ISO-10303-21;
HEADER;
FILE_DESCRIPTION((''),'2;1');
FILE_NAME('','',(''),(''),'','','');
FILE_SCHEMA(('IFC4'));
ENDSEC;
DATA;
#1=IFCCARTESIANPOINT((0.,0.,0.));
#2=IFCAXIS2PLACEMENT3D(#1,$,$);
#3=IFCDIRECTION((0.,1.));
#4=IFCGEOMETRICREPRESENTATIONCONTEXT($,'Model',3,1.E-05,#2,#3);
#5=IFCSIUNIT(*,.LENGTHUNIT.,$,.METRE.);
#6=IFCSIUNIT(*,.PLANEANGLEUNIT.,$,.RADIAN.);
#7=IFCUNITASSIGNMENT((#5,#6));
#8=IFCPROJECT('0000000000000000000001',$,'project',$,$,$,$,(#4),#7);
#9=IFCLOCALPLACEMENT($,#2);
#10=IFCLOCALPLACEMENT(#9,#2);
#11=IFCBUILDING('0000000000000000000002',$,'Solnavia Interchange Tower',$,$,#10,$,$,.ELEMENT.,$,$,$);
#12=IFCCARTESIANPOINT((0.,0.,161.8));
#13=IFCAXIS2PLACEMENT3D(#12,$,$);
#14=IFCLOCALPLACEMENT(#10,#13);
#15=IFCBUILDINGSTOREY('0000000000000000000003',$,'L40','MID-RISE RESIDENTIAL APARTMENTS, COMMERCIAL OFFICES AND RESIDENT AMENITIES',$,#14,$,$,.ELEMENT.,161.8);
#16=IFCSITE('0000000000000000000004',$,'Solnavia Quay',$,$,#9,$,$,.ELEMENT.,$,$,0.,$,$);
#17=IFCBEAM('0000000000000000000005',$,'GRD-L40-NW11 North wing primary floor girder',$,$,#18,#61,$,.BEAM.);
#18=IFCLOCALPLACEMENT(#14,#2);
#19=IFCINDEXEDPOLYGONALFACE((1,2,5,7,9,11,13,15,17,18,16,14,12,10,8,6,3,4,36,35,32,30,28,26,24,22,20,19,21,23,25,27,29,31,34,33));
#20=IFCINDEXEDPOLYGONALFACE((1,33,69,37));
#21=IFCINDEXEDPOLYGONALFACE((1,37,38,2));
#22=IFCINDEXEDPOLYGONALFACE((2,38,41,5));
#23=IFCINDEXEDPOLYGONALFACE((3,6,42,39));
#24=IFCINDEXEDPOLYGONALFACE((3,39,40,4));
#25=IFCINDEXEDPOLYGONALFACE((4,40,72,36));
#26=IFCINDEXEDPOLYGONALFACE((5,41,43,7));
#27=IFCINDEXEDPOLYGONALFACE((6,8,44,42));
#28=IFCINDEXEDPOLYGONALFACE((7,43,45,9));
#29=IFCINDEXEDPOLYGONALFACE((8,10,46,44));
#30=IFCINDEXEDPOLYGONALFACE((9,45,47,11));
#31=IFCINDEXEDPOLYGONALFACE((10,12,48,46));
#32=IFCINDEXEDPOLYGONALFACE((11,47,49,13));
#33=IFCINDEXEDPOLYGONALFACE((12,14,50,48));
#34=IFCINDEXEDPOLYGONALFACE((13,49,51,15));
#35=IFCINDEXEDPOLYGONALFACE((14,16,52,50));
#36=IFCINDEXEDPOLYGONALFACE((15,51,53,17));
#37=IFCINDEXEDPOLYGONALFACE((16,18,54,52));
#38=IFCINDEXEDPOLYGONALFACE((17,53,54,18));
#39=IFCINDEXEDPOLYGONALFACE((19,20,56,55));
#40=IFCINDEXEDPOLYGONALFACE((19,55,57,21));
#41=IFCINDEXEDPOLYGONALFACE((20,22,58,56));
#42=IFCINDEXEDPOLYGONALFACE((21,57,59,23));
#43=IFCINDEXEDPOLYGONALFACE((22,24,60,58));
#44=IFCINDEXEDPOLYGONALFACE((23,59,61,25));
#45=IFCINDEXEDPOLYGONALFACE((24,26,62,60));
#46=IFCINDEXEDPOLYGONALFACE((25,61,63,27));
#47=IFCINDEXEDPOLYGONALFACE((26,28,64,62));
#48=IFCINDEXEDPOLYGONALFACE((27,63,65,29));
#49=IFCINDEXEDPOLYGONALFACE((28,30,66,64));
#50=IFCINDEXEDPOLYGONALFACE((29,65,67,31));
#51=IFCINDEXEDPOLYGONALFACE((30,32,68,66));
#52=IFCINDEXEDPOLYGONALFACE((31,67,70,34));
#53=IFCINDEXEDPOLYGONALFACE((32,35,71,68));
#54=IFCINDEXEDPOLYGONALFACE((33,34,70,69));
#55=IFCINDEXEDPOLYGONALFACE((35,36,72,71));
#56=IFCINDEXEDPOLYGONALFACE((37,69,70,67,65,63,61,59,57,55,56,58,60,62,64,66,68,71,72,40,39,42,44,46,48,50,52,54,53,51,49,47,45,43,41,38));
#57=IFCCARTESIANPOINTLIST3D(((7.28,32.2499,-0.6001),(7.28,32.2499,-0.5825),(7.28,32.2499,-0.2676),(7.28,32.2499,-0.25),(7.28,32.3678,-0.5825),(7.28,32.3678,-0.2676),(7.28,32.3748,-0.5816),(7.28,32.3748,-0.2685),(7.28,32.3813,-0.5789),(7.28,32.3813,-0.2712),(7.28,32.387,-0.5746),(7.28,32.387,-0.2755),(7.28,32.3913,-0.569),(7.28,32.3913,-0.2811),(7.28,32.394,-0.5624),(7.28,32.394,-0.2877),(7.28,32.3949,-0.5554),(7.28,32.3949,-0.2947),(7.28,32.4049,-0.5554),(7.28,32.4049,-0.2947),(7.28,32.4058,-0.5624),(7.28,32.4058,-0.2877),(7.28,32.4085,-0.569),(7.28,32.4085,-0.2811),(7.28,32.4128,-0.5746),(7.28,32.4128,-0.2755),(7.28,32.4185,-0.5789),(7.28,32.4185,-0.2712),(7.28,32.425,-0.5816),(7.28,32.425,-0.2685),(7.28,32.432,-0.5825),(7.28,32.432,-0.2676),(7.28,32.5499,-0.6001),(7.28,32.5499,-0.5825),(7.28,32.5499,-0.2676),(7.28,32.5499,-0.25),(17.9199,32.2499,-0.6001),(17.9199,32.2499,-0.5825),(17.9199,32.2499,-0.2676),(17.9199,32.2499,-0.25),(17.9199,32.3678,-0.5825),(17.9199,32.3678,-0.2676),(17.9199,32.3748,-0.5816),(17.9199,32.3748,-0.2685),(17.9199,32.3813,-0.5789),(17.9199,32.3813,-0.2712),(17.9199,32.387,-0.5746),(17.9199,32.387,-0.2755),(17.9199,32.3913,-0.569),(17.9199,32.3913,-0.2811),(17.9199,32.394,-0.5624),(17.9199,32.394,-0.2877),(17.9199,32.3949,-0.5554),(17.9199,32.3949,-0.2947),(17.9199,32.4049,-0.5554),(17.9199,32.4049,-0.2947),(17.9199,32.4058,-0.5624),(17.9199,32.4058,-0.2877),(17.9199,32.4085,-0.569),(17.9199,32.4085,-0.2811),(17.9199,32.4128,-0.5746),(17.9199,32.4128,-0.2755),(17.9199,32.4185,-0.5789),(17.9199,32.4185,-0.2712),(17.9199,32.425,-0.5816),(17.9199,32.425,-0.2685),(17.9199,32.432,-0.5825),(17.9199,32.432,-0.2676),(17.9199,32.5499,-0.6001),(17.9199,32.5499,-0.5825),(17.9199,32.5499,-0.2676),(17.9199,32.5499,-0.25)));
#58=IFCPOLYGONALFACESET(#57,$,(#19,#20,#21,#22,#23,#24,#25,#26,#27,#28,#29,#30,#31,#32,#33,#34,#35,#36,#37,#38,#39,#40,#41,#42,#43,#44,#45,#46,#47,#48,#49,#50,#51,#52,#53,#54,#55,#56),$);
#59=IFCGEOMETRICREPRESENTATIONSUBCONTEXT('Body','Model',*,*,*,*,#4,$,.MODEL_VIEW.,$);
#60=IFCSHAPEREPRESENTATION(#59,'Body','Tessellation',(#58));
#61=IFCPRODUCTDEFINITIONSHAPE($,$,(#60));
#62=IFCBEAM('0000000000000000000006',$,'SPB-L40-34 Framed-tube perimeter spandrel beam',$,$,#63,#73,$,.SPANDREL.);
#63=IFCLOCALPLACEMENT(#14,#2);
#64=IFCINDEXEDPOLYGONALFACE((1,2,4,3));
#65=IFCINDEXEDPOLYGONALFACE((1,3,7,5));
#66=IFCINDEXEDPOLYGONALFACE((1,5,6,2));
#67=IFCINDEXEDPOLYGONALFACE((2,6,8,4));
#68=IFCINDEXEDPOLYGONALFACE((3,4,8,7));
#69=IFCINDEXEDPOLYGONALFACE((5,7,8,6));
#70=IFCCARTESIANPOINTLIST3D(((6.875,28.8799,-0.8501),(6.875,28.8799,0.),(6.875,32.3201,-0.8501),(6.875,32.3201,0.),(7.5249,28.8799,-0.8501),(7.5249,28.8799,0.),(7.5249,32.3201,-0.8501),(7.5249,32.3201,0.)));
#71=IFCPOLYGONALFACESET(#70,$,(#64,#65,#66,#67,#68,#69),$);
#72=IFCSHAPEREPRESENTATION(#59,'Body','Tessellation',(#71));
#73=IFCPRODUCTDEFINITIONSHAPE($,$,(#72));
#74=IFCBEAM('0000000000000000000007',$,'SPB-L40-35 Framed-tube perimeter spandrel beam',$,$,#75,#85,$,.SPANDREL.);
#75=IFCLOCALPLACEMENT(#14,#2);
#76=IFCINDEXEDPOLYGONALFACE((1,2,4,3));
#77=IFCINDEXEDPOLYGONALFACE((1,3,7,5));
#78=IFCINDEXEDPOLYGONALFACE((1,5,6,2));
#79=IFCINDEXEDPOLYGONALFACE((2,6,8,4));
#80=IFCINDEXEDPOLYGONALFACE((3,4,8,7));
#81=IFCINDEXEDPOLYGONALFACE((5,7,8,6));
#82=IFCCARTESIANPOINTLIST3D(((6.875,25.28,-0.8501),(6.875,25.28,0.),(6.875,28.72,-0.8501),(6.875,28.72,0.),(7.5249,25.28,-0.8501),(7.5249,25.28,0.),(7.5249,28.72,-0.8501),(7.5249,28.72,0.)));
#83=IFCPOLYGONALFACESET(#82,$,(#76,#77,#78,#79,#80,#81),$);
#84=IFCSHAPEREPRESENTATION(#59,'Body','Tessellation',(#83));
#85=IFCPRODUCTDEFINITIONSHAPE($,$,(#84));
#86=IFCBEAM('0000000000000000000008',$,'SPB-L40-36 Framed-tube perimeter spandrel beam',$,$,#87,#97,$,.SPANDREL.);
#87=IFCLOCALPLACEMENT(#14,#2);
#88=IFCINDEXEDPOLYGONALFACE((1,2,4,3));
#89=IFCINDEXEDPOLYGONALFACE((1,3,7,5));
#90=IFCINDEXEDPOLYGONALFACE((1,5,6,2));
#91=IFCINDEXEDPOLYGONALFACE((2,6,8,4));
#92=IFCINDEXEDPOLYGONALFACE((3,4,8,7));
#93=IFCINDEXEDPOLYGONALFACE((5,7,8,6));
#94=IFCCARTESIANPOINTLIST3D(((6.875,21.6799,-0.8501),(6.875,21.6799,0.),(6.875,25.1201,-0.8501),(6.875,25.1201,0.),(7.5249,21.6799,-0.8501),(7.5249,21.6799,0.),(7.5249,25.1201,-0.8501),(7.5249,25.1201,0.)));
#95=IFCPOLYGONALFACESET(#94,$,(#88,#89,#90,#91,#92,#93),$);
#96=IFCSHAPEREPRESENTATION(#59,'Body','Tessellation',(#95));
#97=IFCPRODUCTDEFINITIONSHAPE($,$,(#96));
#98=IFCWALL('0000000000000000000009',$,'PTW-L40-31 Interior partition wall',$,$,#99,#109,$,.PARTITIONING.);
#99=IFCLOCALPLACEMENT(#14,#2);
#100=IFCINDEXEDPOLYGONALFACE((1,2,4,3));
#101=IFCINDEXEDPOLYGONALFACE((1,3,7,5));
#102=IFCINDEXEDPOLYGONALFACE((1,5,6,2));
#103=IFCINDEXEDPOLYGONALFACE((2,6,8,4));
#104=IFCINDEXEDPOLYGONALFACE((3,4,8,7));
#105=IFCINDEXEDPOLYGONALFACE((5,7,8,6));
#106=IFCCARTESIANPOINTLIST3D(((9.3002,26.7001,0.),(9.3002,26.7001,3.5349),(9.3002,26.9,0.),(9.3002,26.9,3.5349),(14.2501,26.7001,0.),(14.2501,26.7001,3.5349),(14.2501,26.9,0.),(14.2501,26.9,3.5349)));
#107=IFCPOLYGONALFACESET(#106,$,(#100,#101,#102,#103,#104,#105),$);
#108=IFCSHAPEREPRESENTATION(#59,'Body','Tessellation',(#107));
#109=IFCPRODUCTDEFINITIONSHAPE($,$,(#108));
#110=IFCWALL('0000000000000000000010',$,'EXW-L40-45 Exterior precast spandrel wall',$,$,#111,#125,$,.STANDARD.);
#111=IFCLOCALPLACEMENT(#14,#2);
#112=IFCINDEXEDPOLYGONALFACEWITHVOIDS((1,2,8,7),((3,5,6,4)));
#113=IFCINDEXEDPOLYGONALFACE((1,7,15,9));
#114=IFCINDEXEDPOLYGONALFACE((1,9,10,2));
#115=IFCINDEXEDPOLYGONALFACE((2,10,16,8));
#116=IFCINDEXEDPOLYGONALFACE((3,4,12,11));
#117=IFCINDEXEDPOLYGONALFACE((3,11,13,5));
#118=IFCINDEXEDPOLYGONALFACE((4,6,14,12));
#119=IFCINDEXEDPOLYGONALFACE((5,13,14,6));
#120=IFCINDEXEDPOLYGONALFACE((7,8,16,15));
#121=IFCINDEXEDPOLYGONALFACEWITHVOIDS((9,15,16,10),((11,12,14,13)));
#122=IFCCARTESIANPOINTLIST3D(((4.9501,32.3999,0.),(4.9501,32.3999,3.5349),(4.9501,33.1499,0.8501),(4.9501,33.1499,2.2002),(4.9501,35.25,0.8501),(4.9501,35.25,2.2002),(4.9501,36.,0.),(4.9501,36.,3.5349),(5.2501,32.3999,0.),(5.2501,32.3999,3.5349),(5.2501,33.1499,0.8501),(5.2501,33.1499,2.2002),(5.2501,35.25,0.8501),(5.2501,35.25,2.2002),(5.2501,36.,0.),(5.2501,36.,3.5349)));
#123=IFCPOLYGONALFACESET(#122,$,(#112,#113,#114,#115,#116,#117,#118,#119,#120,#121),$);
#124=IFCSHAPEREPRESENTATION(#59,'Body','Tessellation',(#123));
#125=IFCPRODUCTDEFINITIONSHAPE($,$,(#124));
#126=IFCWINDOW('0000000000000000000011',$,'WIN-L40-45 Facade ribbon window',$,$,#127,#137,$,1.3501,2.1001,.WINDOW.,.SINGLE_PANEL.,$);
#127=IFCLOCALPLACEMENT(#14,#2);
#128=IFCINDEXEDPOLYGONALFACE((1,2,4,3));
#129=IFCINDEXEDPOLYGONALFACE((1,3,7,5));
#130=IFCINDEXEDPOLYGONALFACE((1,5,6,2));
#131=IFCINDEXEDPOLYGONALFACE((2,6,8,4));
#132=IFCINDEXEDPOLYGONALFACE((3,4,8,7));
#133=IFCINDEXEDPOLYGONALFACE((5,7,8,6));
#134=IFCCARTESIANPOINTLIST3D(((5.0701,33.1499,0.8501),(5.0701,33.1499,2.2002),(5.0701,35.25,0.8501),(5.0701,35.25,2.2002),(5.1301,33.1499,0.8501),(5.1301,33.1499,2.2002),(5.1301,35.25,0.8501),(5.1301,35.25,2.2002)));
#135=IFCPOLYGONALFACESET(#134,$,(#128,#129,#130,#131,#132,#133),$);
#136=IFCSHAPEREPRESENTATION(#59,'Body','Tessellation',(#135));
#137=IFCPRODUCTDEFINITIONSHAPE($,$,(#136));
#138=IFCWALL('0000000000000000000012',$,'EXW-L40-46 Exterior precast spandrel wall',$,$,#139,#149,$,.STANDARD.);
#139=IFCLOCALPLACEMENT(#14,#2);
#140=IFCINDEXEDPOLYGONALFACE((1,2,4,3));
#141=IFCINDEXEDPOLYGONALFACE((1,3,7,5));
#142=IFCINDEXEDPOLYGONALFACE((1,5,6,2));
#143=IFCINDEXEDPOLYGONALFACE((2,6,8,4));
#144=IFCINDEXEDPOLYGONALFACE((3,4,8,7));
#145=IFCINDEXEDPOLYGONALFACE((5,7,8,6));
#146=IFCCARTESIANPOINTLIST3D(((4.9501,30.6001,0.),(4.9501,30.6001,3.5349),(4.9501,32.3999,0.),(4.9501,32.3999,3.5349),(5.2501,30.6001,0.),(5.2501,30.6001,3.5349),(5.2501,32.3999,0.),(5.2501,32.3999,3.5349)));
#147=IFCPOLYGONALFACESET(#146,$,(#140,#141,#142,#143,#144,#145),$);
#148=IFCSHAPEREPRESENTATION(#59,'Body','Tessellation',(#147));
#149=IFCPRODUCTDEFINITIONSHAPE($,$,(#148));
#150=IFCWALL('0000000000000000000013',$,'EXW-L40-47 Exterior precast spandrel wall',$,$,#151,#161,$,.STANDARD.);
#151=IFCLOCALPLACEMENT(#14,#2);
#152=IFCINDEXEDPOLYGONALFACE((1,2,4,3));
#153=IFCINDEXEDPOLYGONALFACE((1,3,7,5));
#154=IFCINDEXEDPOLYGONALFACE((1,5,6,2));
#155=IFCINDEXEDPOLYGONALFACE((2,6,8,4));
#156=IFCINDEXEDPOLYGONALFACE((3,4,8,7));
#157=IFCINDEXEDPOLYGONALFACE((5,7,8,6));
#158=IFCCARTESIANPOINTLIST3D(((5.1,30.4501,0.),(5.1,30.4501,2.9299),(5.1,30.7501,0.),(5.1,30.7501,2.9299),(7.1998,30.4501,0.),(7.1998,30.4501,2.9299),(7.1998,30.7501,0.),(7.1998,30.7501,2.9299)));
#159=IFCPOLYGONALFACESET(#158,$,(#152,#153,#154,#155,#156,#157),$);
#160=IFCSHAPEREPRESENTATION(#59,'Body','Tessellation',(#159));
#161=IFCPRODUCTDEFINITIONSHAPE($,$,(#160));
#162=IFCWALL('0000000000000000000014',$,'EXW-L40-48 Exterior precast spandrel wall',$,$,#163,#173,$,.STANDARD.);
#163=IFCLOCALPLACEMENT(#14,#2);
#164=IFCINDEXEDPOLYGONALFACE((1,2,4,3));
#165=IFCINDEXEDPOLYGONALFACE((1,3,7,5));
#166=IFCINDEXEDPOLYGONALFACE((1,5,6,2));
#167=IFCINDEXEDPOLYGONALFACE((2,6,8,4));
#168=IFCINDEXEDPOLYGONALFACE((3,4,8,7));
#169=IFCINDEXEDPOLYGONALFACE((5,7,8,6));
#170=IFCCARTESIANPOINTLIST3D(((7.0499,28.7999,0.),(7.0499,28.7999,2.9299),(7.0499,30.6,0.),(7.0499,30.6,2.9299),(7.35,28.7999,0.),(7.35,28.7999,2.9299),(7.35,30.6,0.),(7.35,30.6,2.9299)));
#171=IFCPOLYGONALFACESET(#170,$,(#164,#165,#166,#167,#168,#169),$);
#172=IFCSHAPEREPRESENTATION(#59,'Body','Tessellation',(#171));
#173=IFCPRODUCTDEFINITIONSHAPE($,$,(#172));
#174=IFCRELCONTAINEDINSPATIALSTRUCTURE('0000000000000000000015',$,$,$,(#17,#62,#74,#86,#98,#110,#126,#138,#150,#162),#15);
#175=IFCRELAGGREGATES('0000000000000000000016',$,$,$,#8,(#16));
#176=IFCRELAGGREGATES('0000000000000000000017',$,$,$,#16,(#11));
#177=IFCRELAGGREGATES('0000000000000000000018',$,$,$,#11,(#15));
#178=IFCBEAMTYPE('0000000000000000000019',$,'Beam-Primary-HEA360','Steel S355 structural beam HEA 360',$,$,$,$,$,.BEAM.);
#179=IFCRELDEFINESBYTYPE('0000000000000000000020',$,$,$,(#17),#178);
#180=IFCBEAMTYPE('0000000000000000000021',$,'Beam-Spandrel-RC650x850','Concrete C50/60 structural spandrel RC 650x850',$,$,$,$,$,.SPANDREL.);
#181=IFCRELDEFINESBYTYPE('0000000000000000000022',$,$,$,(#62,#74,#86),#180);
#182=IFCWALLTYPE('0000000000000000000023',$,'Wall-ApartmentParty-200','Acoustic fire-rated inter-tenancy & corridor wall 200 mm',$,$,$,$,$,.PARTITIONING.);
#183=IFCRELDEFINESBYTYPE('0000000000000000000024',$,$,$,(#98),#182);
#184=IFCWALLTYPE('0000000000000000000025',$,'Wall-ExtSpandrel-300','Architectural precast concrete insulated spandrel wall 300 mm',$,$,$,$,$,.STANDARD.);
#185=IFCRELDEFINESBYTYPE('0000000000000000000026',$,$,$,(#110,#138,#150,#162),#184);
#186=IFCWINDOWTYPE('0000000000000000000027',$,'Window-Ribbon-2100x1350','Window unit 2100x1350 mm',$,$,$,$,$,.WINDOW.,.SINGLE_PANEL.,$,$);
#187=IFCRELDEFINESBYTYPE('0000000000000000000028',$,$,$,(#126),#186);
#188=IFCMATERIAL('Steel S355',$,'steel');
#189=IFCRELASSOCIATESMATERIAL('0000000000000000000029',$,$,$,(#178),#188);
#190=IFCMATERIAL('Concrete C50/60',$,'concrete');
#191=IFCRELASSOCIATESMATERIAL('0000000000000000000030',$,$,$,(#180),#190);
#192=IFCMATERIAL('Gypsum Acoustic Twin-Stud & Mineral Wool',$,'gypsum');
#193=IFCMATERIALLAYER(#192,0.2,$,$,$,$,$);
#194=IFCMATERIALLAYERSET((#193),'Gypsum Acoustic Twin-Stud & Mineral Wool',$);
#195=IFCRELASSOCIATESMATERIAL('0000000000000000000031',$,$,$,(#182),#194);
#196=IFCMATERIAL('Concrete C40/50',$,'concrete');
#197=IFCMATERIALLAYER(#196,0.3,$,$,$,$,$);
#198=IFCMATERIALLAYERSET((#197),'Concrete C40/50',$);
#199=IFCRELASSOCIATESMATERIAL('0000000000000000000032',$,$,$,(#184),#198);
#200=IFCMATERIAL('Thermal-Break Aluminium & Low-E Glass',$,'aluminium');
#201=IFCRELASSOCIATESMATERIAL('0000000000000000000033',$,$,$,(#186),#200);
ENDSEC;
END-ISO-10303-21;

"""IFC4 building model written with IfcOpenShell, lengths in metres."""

from ifc_helpers import new_model, si_unit, direction, frame, frame_2d, origin, origin_2d, place, context, subcontext, project, spatial, rectangle, i_section, extrude, material, layer, layer_set, material_profile, profile_set, type_object, element, fill, save


model = new_model("IFC4")

# Units and contexts
model_context = context("Model", 3, precision=1e-05, world=origin(), true_north=direction((0.0, 1.0)))
body_context = subcontext(model_context, "Body", "Model", "MODEL_VIEW")
ifc_project = project(units=[si_unit("LENGTHUNIT", "METRE"), si_unit("PLANEANGLEUNIT", "RADIAN")], contexts=[model_context])

# Site, building, storey
site_placement = place(None, origin())
site = spatial("IfcSite", under=ifc_project, at=site_placement, Name="Solnavia Quay", CompositionType="ELEMENT", RefElevation=0.0)
building_placement = place(site_placement, origin())
building = spatial("IfcBuilding", under=site, at=building_placement, Name="Solnavia Interchange Tower", CompositionType="ELEMENT")
storey_placement = place(building_placement, frame((0.0, 0.0, 161.8)))
storey = spatial("IfcBuildingStorey", under=building, at=storey_placement, Name="L40", Description="MID-RISE RESIDENTIAL APARTMENTS, COMMERCIAL OFFICES AND RESIDENT AMENITIES", CompositionType="ELEMENT", Elevation=161.8)

# Shared definitions
ifc_material_1 = material(Name="Concrete C50/60", Category="concrete")
ifc_material_2 = material(Name="Steel S355", Category="steel")

# Beams
ifc_material_profile_1 = material_profile(ifc_material_2, i_section(OverallWidth=0.3, OverallDepth=0.3501, WebThickness=0.01, FlangeThickness=0.0176, FilletRadius=0.0271, at=origin_2d()), Name="HEA 360")
ifc_profile_set_1 = profile_set([ifc_material_profile_1], Name="Steel S355")
beam_type_1 = type_object("IfcBeamType", Name="Beam-Primary-HEA360", Description="Steel S355 structural beam HEA 360", PredefinedType="BEAM", material=ifc_profile_set_1)
beam_1_placement = place(storey_placement, frame((7.28, 32.3999, -0.425), z_axis=(1.0, 0.0, 0.0), x_axis=(0.0, 1.0, 0.0)))
element("IfcBeam", 1, at=beam_1_placement, inside=storey, type_object=beam_type_1, Name="GRD-L40-NW11 North wing primary floor girder", PredefinedType="BEAM", context=body_context, shape_type="SweptSolid", body=[
    extrude(i_section(OverallWidth=0.3, OverallDepth=0.3501, WebThickness=0.01, FlangeThickness=0.0176, FilletRadius=0.0271, at=origin_2d()), origin(), (0.0, 0.0, 1.0), 10.6399),
])
ifc_material_profile_2 = material_profile(ifc_material_1, rectangle(XDim=0.6499, YDim=0.8501, at=origin_2d()), Name="RC 650x850")
ifc_profile_set_2 = profile_set([ifc_material_profile_2], Name="Concrete C50/60")
beam_type_2 = type_object("IfcBeamType", Name="Beam-Spandrel-RC650x850", Description="Concrete C50/60 structural spandrel RC 650x850", PredefinedType="SPANDREL", material=ifc_profile_set_2)
beam_2_placement = place(storey_placement, frame((7.2, 32.3201, -0.425), z_axis=(0.0, -1.0, 0.0), x_axis=(1.0, 0.0, 0.0)))
element("IfcBeam", 2, at=beam_2_placement, inside=storey, type_object=beam_type_2, Name="SPB-L40-34 Framed-tube perimeter spandrel beam", PredefinedType="SPANDREL", context=body_context, shape_type="SweptSolid", body=[
    extrude(rectangle(XDim=0.6499, YDim=0.8501, at=origin_2d()), origin(), (0.0, 0.0, 1.0), 3.4402),
])
beam_3_placement = place(storey_placement, frame((7.2, 28.72, -0.425), z_axis=(0.0, -1.0, 0.0), x_axis=(1.0, 0.0, 0.0)))
element("IfcBeam", 3, at=beam_3_placement, inside=storey, type_object=beam_type_2, Name="SPB-L40-35 Framed-tube perimeter spandrel beam", PredefinedType="SPANDREL", context=body_context, shape_type="SweptSolid", body=[
    extrude(rectangle(XDim=0.6499, YDim=0.8501, at=origin_2d()), origin(), (0.0, 0.0, 1.0), 3.4399),
])
beam_4_placement = place(storey_placement, frame((7.2, 25.1201, -0.425), z_axis=(0.0, -1.0, 0.0), x_axis=(1.0, 0.0, 0.0)))
element("IfcBeam", 4, at=beam_4_placement, inside=storey, type_object=beam_type_2, Name="SPB-L40-36 Framed-tube perimeter spandrel beam", PredefinedType="SPANDREL", context=body_context, shape_type="SweptSolid", body=[
    extrude(rectangle(XDim=0.6499, YDim=0.8501, at=origin_2d()), origin(), (0.0, 0.0, 1.0), 3.4402),
])

# Wall
ifc_material_3 = material(Name="Gypsum Acoustic Twin-Stud & Mineral Wool", Category="gypsum")
ifc_layer_1 = layer(ifc_material_3, 0.2)
ifc_layer_set_1 = layer_set([ifc_layer_1], Name="Gypsum Acoustic Twin-Stud & Mineral Wool")
wall_type_1 = type_object("IfcWallType", Name="Wall-ApartmentParty-200", Description="Acoustic fire-rated inter-tenancy & corridor wall 200 mm", PredefinedType="PARTITIONING", material=ifc_layer_set_1)
wall_1_placement = place(storey_placement, frame((9.3, 26.8, 0.0), z_axis=(0.0, 0.0, 1.0), x_axis=(1.0, 0.0, 0.0)))
element("IfcWall", 5, at=wall_1_placement, inside=storey, type_object=wall_type_1, Name="PTW-L40-31 Interior partition wall", PredefinedType="PARTITIONING", context=body_context, shape_type="SweptSolid", body=[
    extrude(rectangle(XDim=4.95, YDim=0.2, at=frame_2d((2.4751, 0.0))), origin(), (0.0, 0.0, 1.0), 3.5349),
])

# Wall, opening, window
ifc_material_4 = material(Name="Concrete C40/50", Category="concrete")
ifc_layer_2 = layer(ifc_material_4, 0.3)
ifc_layer_set_2 = layer_set([ifc_layer_2], Name="Concrete C40/50")
wall_type_2 = type_object("IfcWallType", Name="Wall-ExtSpandrel-300", Description="Architectural precast concrete insulated spandrel wall 300 mm", PredefinedType="STANDARD", material=ifc_layer_set_2)
wall_2_placement = place(storey_placement, frame((5.1001, 32.3999, 0.0), z_axis=(0.0, 0.0, 1.0), x_axis=(0.0, 1.0, 0.0)))
wall_2 = element("IfcWall", 6, at=wall_2_placement, inside=storey, type_object=wall_type_2, Name="EXW-L40-45 Exterior precast spandrel wall", PredefinedType="STANDARD", context=body_context, shape_type="SweptSolid", body=[
    extrude(rectangle(XDim=3.6001, YDim=0.3, at=frame_2d((1.8, 0.0))), origin(), (0.0, 0.0, 1.0), 3.5349),
])
opening_1_placement = place(wall_2_placement, frame((0.75, 0.0, 0.8501)))
opening_1 = element("IfcOpeningElement", 7, at=opening_1_placement, cuts=wall_2, PredefinedType="OPENING", context=body_context, shape_type="SweptSolid", body=[
    extrude(rectangle(XDim=2.1001, YDim=1.3501, at=frame_2d((1.05, 0.675))), frame((0.0, 0.1602, 0.0), z_axis=(0.0, -1.0, 0.0), x_axis=(1.0, 0.0, 0.0)), (0.0, 0.0, 1.0), 0.3201),
])
ifc_material_5 = material(Name="Thermal-Break Aluminium & Low-E Glass", Category="aluminium")
window_type = type_object("IfcWindowType", Name="Window-Ribbon-2100x1350", Description="Window unit 2100x1350 mm", PartitioningType="SINGLE_PANEL", PredefinedType="WINDOW", material=ifc_material_5)
window_1_placement = place(opening_1_placement, origin())
window_1 = element("IfcWindow", 8, at=window_1_placement, inside=storey, type_object=window_type, Name="WIN-L40-45 Facade ribbon window", OverallHeight=1.3501, OverallWidth=2.1001, PartitioningType="SINGLE_PANEL", PredefinedType="WINDOW", context=body_context, shape_type="SweptSolid", body=[
    extrude(rectangle(XDim=2.1001, YDim=1.3501, at=frame_2d((1.05, 0.675))), frame((0.0, 0.03, 0.0), z_axis=(0.0, -1.0, 0.0), x_axis=(1.0, 0.0, 0.0)), (0.0, 0.0, 1.0), 0.0601),
])
fill(opening_1, window_1)

# Walls
wall_3_placement = place(storey_placement, frame((5.1001, 30.6001, 0.0), z_axis=(0.0, 0.0, 1.0), x_axis=(0.0, 1.0, 0.0)))
element("IfcWall", 9, at=wall_3_placement, inside=storey, type_object=wall_type_2, Name="EXW-L40-46 Exterior precast spandrel wall", PredefinedType="STANDARD", context=body_context, shape_type="SweptSolid", body=[
    extrude(rectangle(XDim=1.7998, YDim=0.3, at=frame_2d((0.8999, 0.0))), origin(), (0.0, 0.0, 1.0), 3.5349),
])
wall_4_placement = place(storey_placement, frame((5.1001, 30.6001, 0.0), z_axis=(0.0, 0.0, 1.0), x_axis=(1.0, 0.0, 0.0)))
element("IfcWall", 10, at=wall_4_placement, inside=storey, type_object=wall_type_2, Name="EXW-L40-47 Exterior precast spandrel wall", PredefinedType="STANDARD", context=body_context, shape_type="SweptSolid", body=[
    extrude(rectangle(XDim=2.0999, YDim=0.3, at=frame_2d((1.0498, 0.0))), origin(), (0.0, 0.0, 1.0), 2.9299),
])
wall_5_placement = place(storey_placement, frame((7.2, 28.8, 0.0), z_axis=(0.0, 0.0, 1.0), x_axis=(0.0, 1.0, 0.0)))
element("IfcWall", 11, at=wall_5_placement, inside=storey, type_object=wall_type_2, Name="EXW-L40-48 Exterior precast spandrel wall", PredefinedType="STANDARD", context=body_context, shape_type="SweptSolid", body=[
    extrude(rectangle(XDim=1.8, YDim=0.3, at=frame_2d((0.8999, 0.0))), origin(), (0.0, 0.0, 1.0), 2.9299),
])

save(model, "model.ifc")
